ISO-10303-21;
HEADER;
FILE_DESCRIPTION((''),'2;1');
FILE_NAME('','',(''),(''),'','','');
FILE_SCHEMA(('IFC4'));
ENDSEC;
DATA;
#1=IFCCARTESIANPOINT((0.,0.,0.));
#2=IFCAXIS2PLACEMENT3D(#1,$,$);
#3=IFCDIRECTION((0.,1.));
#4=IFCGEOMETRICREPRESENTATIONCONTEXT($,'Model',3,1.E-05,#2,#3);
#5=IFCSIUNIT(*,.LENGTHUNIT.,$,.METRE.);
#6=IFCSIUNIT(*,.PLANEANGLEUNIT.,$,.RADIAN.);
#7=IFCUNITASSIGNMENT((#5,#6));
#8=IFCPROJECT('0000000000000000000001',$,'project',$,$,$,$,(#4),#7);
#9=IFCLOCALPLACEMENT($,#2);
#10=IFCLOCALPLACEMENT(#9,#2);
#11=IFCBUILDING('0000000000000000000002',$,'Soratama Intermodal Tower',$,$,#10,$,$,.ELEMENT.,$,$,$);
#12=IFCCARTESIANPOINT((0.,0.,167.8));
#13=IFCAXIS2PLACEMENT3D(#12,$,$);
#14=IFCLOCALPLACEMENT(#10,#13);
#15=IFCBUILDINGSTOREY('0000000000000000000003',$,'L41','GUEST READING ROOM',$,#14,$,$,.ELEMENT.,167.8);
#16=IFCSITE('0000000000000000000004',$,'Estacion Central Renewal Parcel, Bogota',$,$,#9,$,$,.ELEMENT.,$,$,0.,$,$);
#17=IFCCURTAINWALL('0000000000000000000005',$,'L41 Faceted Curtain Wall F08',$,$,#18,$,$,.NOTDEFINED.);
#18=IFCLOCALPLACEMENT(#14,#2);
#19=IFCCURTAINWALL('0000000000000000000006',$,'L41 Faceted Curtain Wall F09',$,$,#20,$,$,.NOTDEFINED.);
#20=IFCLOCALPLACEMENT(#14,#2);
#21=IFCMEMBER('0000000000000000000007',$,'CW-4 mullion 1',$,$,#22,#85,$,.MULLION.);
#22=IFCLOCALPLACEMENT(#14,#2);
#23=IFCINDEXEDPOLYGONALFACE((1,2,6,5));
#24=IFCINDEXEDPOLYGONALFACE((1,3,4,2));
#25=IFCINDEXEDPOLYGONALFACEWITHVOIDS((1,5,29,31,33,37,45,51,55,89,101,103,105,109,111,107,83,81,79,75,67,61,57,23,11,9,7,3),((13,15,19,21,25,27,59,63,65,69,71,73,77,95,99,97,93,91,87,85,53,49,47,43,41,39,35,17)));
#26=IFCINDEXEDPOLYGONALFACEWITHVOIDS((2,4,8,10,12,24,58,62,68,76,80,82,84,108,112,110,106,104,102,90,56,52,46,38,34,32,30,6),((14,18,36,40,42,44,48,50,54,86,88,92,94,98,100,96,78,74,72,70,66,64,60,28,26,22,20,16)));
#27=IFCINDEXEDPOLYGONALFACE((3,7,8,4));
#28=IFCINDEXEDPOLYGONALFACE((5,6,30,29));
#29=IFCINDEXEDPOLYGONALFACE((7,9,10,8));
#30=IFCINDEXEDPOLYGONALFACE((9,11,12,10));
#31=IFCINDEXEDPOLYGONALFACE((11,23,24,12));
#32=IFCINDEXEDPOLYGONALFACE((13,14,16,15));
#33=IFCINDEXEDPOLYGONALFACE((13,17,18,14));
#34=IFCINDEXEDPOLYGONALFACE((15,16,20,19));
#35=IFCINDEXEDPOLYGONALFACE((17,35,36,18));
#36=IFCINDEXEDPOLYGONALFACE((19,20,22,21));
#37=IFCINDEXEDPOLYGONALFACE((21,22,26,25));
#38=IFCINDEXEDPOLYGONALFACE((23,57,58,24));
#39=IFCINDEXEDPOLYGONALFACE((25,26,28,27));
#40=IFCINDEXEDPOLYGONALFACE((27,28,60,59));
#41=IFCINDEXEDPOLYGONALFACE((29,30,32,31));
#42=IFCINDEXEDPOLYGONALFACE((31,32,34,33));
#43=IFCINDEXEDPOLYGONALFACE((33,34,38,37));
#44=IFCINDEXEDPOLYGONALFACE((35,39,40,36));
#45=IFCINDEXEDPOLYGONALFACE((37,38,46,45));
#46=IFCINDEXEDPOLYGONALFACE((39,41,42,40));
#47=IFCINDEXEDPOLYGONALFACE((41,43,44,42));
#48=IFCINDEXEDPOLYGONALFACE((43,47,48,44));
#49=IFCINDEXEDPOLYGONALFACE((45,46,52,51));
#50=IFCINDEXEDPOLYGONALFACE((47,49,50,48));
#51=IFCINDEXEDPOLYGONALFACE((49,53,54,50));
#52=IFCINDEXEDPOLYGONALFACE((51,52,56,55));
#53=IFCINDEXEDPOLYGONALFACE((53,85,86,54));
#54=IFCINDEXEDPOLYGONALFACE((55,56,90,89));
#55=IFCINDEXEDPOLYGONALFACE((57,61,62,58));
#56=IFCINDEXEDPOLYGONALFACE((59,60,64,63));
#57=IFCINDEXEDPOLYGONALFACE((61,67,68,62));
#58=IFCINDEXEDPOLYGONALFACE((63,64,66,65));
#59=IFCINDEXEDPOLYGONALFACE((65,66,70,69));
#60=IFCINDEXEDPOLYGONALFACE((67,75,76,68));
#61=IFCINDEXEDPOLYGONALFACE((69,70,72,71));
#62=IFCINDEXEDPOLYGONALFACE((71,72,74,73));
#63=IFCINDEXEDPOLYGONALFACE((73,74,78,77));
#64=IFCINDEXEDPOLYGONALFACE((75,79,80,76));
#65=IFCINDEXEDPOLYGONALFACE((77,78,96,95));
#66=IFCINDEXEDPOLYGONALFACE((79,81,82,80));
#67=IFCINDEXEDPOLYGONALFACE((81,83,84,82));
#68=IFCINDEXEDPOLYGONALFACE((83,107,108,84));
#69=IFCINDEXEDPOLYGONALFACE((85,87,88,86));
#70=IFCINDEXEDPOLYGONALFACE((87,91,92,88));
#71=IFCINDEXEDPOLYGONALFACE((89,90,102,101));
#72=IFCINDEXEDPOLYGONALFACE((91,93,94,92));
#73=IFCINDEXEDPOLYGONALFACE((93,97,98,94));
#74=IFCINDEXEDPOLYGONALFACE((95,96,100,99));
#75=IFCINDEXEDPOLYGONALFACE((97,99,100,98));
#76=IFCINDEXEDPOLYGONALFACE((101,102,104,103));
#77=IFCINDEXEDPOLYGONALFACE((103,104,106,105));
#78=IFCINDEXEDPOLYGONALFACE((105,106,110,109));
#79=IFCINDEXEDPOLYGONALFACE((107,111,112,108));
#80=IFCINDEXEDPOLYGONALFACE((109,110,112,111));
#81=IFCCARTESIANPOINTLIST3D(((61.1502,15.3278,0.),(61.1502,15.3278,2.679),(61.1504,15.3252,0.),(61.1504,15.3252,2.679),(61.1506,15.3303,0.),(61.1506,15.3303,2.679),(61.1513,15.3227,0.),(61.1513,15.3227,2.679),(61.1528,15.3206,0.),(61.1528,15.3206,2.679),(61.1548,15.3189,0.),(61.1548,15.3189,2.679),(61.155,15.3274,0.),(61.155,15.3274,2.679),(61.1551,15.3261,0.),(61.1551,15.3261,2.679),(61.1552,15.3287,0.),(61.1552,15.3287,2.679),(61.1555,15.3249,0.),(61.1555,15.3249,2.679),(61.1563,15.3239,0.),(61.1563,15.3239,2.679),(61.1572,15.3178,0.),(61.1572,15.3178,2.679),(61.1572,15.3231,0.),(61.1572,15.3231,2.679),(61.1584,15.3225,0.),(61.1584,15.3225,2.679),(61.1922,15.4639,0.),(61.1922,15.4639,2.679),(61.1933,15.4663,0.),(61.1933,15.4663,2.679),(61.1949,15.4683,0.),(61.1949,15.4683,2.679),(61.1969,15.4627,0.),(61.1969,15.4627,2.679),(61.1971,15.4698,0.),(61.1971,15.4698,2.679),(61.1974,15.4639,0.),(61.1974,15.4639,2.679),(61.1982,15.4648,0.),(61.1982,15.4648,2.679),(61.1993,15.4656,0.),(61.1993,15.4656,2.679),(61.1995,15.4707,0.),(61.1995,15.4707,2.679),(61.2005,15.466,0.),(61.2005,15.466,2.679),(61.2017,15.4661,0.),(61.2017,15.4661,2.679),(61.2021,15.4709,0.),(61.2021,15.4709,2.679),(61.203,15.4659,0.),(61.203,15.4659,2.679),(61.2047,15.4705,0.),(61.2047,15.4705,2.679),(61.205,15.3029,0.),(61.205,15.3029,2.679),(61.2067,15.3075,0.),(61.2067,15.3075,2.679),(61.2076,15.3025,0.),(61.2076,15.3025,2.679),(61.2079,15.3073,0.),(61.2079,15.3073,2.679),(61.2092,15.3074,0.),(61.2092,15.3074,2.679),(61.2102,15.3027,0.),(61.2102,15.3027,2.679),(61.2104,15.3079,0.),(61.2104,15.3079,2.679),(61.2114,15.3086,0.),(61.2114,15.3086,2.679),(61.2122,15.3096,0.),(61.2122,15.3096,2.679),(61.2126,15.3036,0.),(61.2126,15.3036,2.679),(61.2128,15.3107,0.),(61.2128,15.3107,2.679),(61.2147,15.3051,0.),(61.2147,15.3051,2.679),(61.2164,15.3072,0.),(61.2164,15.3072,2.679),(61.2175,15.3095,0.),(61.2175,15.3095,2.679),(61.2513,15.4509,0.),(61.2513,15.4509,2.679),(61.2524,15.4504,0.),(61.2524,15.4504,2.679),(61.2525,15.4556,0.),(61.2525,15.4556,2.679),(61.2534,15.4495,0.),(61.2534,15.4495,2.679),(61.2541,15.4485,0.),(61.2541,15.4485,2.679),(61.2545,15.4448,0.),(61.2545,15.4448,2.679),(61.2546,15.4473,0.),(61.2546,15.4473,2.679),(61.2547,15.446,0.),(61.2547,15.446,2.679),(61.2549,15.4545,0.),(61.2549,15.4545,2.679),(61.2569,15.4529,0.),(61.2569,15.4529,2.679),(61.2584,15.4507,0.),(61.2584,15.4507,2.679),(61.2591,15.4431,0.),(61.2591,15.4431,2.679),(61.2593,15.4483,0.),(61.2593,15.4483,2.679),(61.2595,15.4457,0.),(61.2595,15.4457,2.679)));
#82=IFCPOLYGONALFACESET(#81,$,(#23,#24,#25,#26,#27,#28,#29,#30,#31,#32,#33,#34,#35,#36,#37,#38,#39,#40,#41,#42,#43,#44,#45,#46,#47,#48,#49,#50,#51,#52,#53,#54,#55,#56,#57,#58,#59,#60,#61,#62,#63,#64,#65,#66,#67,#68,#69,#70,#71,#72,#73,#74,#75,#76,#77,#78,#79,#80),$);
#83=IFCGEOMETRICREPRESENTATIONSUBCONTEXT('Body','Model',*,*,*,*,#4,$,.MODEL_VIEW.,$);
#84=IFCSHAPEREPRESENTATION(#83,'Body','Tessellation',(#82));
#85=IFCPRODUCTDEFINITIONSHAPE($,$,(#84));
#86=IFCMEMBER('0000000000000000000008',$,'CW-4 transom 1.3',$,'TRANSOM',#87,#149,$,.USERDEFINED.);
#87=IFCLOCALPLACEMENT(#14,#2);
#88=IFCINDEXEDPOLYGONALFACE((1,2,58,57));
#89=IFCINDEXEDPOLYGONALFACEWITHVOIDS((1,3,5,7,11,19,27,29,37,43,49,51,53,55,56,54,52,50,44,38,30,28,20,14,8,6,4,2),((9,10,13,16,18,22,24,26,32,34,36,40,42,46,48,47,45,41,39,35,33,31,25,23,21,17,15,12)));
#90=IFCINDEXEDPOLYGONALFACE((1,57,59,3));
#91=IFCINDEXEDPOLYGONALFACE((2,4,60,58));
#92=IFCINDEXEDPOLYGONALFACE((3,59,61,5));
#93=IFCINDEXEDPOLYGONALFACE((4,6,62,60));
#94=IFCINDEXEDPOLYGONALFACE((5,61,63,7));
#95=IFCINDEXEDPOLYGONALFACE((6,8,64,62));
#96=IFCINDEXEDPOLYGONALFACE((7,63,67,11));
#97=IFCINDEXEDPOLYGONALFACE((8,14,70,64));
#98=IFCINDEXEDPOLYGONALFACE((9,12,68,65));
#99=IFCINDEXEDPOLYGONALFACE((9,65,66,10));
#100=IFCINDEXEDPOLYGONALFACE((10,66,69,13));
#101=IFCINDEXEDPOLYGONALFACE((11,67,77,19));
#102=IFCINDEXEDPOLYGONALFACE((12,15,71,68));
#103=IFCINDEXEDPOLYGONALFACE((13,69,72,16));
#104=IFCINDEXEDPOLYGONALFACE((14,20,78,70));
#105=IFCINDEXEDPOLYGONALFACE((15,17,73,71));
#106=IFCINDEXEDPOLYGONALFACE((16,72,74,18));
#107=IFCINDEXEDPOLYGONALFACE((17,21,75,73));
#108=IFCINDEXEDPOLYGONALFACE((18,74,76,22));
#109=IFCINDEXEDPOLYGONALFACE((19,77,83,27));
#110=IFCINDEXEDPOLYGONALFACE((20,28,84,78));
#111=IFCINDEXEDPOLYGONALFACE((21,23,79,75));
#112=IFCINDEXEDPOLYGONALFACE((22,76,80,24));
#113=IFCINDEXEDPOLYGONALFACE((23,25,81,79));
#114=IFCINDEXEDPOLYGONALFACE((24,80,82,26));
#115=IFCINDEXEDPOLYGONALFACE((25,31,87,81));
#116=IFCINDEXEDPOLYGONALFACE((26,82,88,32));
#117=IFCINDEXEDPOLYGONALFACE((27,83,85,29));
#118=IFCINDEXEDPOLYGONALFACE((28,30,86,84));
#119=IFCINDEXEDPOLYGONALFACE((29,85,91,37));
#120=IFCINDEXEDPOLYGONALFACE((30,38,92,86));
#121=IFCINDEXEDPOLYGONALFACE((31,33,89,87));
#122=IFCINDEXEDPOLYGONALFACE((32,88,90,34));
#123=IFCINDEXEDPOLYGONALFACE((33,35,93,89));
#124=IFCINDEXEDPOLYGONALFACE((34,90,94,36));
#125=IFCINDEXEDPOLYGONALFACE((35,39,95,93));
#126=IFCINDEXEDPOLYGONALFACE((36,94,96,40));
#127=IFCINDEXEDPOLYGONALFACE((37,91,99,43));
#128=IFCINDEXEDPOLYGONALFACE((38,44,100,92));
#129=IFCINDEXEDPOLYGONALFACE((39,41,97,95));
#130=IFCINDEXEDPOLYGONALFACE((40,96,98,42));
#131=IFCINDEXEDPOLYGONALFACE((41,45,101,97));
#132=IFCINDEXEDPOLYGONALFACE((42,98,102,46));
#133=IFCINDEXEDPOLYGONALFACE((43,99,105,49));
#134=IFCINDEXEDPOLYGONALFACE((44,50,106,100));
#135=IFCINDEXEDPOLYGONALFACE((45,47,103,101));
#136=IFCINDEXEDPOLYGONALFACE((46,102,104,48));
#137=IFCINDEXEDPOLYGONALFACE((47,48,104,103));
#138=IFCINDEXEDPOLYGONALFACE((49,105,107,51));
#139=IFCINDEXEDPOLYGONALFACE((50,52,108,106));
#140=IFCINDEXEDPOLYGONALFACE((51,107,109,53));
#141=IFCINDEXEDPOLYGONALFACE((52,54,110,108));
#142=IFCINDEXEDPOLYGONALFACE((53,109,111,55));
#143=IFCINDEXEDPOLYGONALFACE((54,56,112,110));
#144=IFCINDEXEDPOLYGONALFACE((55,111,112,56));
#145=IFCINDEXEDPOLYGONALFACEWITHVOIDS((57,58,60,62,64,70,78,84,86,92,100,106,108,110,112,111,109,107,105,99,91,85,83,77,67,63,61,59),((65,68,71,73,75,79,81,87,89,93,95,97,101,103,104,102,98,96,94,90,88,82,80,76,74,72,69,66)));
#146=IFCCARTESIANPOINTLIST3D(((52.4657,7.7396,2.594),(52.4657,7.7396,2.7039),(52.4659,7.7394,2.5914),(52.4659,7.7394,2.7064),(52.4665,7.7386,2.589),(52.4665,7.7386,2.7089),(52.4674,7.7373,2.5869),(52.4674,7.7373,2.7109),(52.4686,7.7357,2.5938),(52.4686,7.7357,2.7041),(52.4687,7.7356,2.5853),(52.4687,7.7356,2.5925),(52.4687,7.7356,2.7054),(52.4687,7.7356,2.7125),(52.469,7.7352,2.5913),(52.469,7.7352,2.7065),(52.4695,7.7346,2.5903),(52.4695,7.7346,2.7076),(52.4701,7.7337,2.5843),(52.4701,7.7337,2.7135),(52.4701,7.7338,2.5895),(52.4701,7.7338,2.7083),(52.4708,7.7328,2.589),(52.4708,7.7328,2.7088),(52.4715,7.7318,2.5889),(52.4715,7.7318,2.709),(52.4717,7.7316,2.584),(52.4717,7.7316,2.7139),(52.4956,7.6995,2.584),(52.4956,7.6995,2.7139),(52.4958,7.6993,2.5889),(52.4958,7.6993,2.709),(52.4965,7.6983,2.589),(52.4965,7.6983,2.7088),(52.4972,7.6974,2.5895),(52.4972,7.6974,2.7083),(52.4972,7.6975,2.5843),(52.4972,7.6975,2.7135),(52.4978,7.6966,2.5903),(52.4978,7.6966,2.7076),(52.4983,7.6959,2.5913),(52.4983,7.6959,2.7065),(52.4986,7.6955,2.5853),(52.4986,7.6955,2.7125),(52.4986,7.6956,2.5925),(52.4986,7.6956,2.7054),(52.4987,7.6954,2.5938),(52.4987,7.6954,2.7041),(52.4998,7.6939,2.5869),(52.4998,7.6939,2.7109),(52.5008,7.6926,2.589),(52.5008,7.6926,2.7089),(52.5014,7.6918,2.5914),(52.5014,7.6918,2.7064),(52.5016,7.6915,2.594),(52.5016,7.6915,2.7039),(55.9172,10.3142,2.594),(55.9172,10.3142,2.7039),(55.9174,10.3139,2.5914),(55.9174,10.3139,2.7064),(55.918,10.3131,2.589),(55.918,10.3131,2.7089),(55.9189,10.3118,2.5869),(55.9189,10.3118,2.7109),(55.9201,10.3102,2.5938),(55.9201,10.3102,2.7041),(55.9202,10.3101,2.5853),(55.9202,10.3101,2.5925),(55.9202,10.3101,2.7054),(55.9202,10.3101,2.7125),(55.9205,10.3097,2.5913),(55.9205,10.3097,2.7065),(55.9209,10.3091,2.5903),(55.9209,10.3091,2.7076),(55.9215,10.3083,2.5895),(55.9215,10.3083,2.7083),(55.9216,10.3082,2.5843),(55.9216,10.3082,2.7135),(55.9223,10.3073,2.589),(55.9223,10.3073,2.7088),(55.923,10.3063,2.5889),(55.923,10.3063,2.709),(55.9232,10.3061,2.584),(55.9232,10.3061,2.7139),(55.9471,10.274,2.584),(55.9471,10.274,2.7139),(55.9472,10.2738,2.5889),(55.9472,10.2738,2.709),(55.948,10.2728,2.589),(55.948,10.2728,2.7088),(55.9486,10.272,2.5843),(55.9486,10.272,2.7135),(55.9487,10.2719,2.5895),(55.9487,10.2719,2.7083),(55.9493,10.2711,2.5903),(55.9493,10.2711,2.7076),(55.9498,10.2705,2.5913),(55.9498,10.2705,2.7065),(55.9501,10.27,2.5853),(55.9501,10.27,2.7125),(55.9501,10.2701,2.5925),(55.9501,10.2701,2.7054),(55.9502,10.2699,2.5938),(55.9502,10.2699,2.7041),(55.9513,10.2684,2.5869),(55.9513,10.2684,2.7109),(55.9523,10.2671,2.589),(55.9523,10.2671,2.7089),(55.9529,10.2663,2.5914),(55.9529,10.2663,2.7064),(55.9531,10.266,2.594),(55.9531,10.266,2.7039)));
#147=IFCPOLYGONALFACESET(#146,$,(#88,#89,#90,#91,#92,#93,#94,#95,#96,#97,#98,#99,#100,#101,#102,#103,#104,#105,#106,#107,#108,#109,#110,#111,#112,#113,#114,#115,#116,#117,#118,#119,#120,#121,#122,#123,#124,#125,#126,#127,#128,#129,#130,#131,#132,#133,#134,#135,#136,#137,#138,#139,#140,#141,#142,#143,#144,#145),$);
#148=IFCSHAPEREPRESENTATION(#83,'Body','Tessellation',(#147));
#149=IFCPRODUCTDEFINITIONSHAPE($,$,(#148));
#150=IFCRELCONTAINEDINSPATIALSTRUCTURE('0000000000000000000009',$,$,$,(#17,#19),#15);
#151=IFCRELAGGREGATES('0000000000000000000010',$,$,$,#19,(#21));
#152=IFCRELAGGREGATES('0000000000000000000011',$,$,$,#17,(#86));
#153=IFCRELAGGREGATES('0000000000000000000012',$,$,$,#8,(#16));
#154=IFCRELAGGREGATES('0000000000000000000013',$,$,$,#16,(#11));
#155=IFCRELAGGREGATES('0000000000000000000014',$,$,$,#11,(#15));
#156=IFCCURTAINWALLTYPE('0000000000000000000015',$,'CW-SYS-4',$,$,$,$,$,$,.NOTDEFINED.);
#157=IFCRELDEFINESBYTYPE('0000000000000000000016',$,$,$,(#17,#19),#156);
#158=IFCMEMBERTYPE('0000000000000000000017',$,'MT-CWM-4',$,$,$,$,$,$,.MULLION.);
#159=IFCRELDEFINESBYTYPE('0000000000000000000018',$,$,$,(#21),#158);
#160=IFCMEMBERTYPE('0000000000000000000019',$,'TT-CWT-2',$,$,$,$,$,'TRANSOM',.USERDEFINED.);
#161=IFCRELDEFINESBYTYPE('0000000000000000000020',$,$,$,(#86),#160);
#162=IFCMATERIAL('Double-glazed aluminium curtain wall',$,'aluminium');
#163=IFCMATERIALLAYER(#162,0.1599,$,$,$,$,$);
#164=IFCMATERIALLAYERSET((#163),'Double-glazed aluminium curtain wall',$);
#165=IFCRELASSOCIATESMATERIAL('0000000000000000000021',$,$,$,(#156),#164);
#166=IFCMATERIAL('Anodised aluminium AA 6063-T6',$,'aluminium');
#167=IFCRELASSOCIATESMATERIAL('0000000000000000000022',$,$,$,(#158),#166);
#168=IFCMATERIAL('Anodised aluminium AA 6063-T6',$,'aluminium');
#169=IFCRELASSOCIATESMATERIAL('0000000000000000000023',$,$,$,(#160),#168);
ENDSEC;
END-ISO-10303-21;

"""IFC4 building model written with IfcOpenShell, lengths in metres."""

from ifc_helpers import new_model, si_unit, direction, frame, origin, origin_2d, place, context, subcontext, project, spatial, hollow_rectangle, extrude, material, layer, layer_set, material_profile, profile_set, type_object, element, aggregate, save


model = new_model("IFC4")

# Units and contexts
model_context = context("Model", 3, precision=1e-05, world=origin(), true_north=direction((0.0, 1.0)))
body_context = subcontext(model_context, "Body", "Model", "MODEL_VIEW")
ifc_project = project(units=[si_unit("LENGTHUNIT", "METRE"), si_unit("PLANEANGLEUNIT", "RADIAN")], contexts=[model_context])

# Site, building, storey
site_placement = place(None, origin())
site = spatial("IfcSite", under=ifc_project, at=site_placement, Name="Estacion Central Renewal Parcel, Bogota", CompositionType="ELEMENT", RefElevation=0.0)
building_placement = place(site_placement, origin())
building = spatial("IfcBuilding", under=site, at=building_placement, Name="Soratama Intermodal Tower", CompositionType="ELEMENT")
storey_placement = place(building_placement, frame((0.0, 0.0, 167.8)))
storey = spatial("IfcBuildingStorey", under=building, at=storey_placement, Name="L41", Description="GUEST READING ROOM", CompositionType="ELEMENT", Elevation=167.8)

# Curtain wall
ifc_material_1 = material(Name="Double-glazed aluminium curtain wall", Category="aluminium")
ifc_layer_1 = layer(ifc_material_1, 0.1599)
ifc_layer_set_1 = layer_set([ifc_layer_1], Name="Double-glazed aluminium curtain wall")
curtain_wall_type = type_object("IfcCurtainWallType", Name="CW-SYS-4", PredefinedType="NOTDEFINED", material=ifc_layer_set_1)
curtain_wall_1_placement = place(storey_placement, origin())
curtain_wall_1 = element("IfcCurtainWall", 1, at=curtain_wall_1_placement, inside=storey, type_object=curtain_wall_type, Name="L41 Faceted Curtain Wall F08", PredefinedType="NOTDEFINED")
ifc_material_2 = material(Name="Anodised aluminium AA 6063-T6", Category="aluminium")
ifc_material_profile_1 = material_profile(ifc_material_2, hollow_rectangle(XDim=0.0701, YDim=0.1599, WallThickness=0.0049, InnerFilletRadius=0.0049, OuterFilletRadius=0.01, at=origin_2d()), Name="CWM160X70X5")
ifc_profile_set_1 = profile_set([ifc_material_profile_1], Name="Anodised aluminium AA 6063-T6")
member_type_1 = type_object("IfcMemberType", Name="MT-CWM-4", PredefinedType="MULLION", material=ifc_profile_set_1)

# Curtain wall, member
curtain_wall_2_placement = place(storey_placement, origin())
curtain_wall_2 = element("IfcCurtainWall", 2, at=curtain_wall_2_placement, inside=storey, type_object=curtain_wall_type, Name="L41 Faceted Curtain Wall F09", PredefinedType="NOTDEFINED")
member_1_placement = place(storey_placement, frame((61.2048, 15.3867, 0.0), z_axis=(0.0, 0.0, 1.0), x_axis=(-0.954865, 0.297041, 0.0)))
member_1 = element("IfcMember", 3, at=member_1_placement, type_object=member_type_1, Name="CW-4 mullion 1", PredefinedType="MULLION", context=body_context, shape_type="SweptSolid", body=[
    extrude(hollow_rectangle(XDim=0.0701, YDim=0.1599, WallThickness=0.0049, InnerFilletRadius=0.0049, OuterFilletRadius=0.01, at=origin_2d()), origin(), (0.0, 0.0, 1.0), 2.679),
])
aggregate(curtain_wall_2, [member_1])

# Member
ifc_material_3 = material(Name="Anodised aluminium AA 6063-T6", Category="aluminium")
ifc_material_profile_2 = material_profile(ifc_material_3, hollow_rectangle(XDim=0.0601, YDim=0.1299, WallThickness=0.0049, InnerFilletRadius=0.0049, OuterFilletRadius=0.01, at=origin_2d()), Name="CWT130X60X5")
ifc_profile_set_2 = profile_set([ifc_material_profile_2], Name="Anodised aluminium AA 6063-T6")
member_type_2 = type_object("IfcMemberType", Name="TT-CWT-2", ElementType="TRANSOM", PredefinedType="USERDEFINED", material=ifc_profile_set_2)
member_2_placement = place(storey_placement, frame((52.4836, 7.7156, 2.6489), z_axis=(0.801569, 0.597902, 0.0), x_axis=(-0.597902, 0.801569, 0.0)))
member_2 = element("IfcMember", 4, at=member_2_placement, type_object=member_type_2, Name="CW-4 transom 1.3", ObjectType="TRANSOM", PredefinedType="USERDEFINED", context=body_context, shape_type="SweptSolid", body=[
    extrude(hollow_rectangle(XDim=0.0601, YDim=0.1299, WallThickness=0.0049, InnerFilletRadius=0.0049, OuterFilletRadius=0.01, at=origin_2d()), origin(), (0.0, 0.0, 1.0), 4.3059),
])

aggregate(curtain_wall_1, [member_2])

save(model, "model.ifc")
